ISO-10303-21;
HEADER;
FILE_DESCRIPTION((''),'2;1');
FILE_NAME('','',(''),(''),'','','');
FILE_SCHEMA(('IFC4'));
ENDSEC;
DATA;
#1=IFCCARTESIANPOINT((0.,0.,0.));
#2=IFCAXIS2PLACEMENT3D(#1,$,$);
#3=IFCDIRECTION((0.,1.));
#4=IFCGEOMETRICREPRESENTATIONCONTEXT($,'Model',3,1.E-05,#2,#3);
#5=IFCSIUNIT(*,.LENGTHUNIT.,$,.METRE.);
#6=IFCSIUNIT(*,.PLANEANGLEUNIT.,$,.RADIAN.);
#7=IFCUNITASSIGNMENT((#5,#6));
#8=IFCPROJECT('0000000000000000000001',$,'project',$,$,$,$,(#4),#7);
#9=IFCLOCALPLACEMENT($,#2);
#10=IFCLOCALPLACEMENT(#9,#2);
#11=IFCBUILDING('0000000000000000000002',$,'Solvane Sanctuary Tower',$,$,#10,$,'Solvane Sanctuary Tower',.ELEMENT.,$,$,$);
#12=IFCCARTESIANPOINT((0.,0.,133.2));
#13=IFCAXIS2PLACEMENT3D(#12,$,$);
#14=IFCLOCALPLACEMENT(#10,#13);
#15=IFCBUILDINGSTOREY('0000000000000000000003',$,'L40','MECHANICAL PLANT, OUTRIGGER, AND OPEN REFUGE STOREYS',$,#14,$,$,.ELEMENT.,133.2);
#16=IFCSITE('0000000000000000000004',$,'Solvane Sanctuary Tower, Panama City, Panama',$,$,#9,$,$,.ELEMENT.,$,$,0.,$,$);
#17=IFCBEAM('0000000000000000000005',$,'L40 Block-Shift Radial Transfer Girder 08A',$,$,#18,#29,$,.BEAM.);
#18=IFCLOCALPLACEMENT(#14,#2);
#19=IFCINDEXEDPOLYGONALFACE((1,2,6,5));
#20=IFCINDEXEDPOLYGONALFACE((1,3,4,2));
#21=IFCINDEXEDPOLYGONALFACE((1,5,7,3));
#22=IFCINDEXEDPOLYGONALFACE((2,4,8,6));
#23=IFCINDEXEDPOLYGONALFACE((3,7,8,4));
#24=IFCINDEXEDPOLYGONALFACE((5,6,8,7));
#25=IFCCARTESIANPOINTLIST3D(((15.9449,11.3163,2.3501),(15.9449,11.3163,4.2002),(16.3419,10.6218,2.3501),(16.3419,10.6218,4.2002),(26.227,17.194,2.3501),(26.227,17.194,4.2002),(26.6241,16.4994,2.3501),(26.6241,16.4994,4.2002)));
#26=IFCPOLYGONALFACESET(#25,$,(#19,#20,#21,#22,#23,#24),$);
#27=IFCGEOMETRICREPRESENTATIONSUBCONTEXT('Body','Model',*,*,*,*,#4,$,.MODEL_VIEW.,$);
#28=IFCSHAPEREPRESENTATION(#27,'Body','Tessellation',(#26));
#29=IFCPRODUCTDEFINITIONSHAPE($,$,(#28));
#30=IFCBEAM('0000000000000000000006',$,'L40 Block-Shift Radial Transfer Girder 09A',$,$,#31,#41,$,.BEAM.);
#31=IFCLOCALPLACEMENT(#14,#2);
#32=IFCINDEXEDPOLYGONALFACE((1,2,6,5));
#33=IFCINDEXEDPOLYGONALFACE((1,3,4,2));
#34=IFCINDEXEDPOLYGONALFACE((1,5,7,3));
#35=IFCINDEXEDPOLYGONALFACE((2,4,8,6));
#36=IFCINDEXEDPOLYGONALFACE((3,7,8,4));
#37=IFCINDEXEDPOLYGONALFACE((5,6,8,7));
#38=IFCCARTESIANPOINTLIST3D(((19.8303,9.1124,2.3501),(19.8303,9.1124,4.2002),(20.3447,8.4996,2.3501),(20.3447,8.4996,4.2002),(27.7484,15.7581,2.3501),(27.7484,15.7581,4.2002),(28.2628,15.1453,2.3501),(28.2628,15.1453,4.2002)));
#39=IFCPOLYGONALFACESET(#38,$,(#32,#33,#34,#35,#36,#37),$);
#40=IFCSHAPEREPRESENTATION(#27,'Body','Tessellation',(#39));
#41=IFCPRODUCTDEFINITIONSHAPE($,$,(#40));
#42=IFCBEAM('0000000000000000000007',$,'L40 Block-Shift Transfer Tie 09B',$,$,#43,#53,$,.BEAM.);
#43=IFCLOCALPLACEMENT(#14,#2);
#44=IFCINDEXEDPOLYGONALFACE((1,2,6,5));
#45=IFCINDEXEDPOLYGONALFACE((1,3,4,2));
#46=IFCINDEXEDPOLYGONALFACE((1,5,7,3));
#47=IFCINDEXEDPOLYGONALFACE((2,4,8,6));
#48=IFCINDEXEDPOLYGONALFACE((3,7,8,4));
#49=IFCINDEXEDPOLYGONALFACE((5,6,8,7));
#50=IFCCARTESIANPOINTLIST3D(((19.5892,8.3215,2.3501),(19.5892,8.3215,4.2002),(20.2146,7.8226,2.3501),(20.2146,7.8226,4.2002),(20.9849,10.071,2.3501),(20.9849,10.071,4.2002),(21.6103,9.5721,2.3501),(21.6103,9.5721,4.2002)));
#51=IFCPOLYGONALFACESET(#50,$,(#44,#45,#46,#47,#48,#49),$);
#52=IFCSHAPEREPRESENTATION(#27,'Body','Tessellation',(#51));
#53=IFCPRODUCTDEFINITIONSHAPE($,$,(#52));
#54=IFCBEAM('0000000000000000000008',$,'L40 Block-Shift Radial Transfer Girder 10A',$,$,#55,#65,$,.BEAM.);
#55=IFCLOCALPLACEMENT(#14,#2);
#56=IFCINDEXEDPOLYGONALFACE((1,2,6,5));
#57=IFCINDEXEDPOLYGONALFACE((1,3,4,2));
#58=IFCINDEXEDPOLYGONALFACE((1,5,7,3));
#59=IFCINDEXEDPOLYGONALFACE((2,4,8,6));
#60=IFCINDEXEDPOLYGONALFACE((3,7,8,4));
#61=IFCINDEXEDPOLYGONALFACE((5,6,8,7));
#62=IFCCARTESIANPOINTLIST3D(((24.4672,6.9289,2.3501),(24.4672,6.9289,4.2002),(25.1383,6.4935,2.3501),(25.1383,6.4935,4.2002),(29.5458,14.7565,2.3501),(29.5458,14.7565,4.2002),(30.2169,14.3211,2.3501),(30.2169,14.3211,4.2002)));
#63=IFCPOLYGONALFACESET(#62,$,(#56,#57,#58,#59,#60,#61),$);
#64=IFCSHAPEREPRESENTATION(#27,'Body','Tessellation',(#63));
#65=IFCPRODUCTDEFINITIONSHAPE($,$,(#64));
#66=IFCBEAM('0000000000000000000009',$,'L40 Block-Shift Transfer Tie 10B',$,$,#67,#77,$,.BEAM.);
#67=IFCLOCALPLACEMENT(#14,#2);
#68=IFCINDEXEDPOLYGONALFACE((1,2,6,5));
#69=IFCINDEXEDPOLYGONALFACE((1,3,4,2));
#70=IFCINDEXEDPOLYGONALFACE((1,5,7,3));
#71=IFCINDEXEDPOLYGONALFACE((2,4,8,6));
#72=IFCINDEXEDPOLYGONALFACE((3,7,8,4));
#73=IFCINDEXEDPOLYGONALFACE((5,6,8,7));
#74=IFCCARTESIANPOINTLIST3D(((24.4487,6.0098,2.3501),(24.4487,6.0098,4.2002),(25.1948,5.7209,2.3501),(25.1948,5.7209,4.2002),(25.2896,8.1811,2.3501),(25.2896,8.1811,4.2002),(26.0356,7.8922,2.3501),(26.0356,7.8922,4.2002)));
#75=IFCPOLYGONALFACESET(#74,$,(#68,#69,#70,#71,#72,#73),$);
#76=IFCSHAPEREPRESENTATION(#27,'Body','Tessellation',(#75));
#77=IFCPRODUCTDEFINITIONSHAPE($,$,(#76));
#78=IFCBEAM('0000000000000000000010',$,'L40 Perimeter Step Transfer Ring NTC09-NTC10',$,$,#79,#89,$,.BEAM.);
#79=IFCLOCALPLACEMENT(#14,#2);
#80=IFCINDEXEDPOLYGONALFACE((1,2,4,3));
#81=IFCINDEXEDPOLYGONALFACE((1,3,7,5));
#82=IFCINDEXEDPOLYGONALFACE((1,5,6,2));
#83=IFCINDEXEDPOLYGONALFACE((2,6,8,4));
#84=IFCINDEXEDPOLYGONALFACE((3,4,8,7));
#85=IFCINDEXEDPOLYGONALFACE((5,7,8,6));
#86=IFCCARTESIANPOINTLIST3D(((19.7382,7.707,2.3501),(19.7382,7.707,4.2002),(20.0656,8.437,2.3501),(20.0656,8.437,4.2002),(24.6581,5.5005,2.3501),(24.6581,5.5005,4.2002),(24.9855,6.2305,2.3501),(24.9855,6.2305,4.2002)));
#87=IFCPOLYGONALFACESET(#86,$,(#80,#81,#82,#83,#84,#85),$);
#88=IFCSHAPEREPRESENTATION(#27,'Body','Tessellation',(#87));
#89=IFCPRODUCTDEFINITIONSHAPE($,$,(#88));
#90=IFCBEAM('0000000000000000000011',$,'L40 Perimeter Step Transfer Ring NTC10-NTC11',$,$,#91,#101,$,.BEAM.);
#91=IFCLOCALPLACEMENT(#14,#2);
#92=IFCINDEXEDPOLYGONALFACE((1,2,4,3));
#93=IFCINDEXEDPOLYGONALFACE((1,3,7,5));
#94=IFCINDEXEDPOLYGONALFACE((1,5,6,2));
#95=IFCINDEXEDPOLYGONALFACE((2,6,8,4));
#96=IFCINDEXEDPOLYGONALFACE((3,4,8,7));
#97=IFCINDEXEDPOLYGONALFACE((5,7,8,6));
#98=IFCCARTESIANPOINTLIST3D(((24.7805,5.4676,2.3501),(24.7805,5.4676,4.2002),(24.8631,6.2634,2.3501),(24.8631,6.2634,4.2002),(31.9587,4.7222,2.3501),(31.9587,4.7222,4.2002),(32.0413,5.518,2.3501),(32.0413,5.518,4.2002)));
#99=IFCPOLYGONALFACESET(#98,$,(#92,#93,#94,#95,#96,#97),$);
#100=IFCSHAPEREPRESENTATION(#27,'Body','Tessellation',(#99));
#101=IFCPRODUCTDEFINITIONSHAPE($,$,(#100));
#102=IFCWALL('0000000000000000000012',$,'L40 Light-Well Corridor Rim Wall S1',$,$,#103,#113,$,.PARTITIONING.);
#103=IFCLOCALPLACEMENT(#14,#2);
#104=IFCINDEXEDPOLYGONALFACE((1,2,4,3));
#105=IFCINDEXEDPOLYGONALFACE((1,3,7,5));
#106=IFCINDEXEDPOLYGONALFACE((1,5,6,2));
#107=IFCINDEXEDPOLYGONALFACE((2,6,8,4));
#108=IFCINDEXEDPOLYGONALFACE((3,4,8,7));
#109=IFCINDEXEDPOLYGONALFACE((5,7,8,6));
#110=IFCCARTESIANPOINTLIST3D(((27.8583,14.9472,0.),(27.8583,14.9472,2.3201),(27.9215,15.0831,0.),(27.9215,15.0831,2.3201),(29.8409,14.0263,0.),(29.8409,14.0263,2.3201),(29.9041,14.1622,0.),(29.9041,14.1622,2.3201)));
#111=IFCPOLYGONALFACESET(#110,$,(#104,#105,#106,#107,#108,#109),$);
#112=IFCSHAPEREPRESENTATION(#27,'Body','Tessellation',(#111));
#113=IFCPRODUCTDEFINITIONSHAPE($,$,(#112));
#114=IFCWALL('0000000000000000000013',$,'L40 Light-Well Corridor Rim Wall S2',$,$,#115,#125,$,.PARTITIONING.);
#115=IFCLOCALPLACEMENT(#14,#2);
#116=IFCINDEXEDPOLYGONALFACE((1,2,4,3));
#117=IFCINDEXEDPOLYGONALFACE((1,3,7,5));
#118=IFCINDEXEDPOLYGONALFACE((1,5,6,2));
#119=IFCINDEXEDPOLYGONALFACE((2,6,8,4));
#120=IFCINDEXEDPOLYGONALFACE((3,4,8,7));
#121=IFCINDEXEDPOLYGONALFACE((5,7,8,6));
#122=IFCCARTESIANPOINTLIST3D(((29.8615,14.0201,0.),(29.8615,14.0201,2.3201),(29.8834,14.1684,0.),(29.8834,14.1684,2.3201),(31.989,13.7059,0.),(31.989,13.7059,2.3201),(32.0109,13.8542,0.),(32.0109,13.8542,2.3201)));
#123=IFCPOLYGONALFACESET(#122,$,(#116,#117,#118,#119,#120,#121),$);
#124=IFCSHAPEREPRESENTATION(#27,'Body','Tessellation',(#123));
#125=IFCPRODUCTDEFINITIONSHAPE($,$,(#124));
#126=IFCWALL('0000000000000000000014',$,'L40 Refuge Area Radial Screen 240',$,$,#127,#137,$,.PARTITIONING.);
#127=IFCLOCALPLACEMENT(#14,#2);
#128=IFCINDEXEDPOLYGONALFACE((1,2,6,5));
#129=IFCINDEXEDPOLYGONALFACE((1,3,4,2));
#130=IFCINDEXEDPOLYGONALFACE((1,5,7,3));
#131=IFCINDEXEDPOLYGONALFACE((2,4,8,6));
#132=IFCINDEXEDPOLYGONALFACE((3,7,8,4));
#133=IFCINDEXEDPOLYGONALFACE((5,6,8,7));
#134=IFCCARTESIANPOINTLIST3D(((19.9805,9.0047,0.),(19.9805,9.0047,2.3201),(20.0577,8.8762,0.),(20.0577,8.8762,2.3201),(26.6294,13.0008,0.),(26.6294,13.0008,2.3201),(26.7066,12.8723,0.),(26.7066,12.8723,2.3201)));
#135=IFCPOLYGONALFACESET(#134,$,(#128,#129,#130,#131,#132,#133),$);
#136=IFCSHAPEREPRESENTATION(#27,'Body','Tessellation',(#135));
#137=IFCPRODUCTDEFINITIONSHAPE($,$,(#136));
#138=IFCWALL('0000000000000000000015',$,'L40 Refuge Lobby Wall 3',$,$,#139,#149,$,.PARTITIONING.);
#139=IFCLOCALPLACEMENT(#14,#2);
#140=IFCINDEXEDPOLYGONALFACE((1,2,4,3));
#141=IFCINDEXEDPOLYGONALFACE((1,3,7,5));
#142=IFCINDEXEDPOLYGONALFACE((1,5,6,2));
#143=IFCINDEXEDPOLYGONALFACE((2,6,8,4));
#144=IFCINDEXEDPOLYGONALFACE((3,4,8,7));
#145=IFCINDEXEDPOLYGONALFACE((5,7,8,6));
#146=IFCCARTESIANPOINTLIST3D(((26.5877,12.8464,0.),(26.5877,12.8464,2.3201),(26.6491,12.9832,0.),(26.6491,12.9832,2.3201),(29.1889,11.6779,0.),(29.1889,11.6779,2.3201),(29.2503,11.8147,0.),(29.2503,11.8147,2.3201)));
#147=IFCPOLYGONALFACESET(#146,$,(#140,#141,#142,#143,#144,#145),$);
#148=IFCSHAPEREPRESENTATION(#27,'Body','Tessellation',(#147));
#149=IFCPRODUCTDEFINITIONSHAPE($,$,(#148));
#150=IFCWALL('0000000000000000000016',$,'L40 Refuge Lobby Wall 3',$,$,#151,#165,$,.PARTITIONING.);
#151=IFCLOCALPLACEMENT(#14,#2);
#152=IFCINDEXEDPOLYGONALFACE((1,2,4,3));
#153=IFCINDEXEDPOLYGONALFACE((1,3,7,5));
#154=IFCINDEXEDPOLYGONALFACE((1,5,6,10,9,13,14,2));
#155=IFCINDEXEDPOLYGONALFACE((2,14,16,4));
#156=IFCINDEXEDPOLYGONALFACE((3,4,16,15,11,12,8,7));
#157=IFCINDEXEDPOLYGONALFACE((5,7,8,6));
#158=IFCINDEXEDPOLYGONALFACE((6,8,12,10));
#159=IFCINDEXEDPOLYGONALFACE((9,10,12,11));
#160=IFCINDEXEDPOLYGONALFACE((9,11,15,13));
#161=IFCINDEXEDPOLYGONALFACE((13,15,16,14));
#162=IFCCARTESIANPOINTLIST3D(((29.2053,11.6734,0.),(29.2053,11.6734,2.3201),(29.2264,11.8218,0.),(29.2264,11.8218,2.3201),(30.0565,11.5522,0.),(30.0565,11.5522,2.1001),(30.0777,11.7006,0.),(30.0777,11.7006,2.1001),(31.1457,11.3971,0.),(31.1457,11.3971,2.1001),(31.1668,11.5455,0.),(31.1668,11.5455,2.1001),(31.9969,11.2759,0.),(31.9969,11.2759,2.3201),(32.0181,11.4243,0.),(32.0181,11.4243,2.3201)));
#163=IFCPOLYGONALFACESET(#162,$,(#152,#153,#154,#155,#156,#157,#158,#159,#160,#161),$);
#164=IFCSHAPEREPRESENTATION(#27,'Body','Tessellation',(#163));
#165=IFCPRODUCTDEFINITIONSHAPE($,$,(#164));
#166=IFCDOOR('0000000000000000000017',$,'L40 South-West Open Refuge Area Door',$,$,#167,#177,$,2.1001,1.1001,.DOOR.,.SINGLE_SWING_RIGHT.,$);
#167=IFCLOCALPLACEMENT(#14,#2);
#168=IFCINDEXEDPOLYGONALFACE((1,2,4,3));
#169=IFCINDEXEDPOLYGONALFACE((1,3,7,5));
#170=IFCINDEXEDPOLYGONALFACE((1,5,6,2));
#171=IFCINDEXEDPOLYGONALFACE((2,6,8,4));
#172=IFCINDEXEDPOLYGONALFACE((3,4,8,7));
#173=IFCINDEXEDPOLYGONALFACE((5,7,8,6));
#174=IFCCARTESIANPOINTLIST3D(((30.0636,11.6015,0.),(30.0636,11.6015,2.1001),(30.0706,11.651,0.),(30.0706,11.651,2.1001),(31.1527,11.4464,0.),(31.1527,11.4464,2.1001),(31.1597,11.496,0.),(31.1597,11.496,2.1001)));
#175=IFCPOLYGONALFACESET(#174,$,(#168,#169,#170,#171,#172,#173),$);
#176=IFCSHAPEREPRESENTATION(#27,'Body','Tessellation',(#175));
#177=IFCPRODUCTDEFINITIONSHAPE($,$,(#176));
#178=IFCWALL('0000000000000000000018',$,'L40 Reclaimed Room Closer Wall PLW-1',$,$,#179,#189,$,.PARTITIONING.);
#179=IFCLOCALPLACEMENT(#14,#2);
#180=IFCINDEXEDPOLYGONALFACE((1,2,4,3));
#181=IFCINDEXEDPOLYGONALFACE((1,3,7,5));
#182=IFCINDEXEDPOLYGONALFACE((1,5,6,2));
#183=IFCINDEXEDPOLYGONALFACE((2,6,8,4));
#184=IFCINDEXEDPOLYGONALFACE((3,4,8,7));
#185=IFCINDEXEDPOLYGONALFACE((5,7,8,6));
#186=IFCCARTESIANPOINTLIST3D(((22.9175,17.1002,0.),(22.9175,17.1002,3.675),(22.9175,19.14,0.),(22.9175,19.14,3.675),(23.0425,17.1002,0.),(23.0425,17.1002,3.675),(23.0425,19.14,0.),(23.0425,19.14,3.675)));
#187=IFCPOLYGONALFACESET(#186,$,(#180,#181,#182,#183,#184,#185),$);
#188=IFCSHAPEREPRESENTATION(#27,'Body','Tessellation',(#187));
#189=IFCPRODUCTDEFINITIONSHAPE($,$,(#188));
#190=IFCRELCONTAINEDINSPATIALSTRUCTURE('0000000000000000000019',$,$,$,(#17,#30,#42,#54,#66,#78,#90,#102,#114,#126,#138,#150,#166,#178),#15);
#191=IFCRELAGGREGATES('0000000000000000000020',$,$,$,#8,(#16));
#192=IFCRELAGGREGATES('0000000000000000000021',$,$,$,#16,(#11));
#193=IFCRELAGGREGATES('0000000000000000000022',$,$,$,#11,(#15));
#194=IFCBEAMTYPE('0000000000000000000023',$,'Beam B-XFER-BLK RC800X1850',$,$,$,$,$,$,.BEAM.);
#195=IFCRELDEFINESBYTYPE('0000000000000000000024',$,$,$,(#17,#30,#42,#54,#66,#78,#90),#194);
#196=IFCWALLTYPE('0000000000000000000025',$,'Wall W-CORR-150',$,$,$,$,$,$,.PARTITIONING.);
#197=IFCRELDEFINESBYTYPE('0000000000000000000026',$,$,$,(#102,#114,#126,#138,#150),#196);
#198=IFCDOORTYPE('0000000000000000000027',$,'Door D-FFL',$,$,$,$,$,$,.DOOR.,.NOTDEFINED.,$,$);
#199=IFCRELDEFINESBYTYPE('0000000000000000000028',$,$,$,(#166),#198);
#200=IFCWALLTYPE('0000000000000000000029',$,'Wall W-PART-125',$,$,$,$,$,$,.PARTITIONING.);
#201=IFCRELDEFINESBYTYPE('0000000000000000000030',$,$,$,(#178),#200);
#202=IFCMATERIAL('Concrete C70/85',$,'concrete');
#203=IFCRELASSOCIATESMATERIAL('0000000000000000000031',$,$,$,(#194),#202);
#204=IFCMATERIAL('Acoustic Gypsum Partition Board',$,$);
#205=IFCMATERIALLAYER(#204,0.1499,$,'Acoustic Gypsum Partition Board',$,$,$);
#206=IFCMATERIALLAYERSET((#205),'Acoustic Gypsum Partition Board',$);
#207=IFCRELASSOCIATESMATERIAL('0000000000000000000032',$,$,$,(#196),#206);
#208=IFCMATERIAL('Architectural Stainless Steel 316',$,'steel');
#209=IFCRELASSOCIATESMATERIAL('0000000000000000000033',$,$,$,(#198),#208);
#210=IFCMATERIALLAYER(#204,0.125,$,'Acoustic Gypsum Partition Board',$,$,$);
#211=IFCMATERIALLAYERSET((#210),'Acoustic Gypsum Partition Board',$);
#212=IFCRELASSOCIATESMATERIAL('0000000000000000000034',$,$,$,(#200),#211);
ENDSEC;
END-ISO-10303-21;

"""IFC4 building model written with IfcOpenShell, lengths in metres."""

from ifc_helpers import new_model, si_unit, direction, frame, frame_2d, origin, origin_2d, place, context, subcontext, project, spatial, rectangle, extrude, material, layer, layer_set, material_profile, profile_set, type_object, element, fill, save


model = new_model("IFC4")

# Units and contexts
model_context = context("Model", 3, precision=1e-05, world=origin(), true_north=direction((0.0, 1.0)))
body_context = subcontext(model_context, "Body", "Model", "MODEL_VIEW")
ifc_project = project(units=[si_unit("LENGTHUNIT", "METRE"), si_unit("PLANEANGLEUNIT", "RADIAN")], contexts=[model_context])

# Site, building, storey
site_placement = place(None, origin())
site = spatial("IfcSite", under=ifc_project, at=site_placement, Name="Solvane Sanctuary Tower, Panama City, Panama", CompositionType="ELEMENT", RefElevation=0.0)
building_placement = place(site_placement, origin())
building = spatial("IfcBuilding", under=site, at=building_placement, Name="Solvane Sanctuary Tower", LongName="Solvane Sanctuary Tower", CompositionType="ELEMENT")
storey_placement = place(building_placement, frame((0.0, 0.0, 133.2)))
storey = spatial("IfcBuildingStorey", under=building, at=storey_placement, Name="L40", Description="MECHANICAL PLANT, OUTRIGGER, AND OPEN REFUGE STOREYS", CompositionType="ELEMENT", Elevation=133.2)

# Shared definitions
ifc_material_1 = material(Name="Concrete C70/85", Category="concrete")

# Beams
ifc_material_profile_1 = material_profile(ifc_material_1, rectangle(XDim=0.8, YDim=1.8501, at=origin_2d()), Name="RC800X1850")
ifc_profile_set_1 = profile_set([ifc_material_profile_1], Name="Concrete C70/85")
beam_type_1 = type_object("IfcBeamType", Name="Beam B-XFER-BLK RC800X1850", PredefinedType="BEAM", material=ifc_profile_set_1)
beam_1_placement = place(storey_placement, frame((26.4255, 16.8467, 3.2751), z_axis=(-0.868166, -0.496274, 0.0), x_axis=(0.496274, -0.868166, 0.0)))
element("IfcBeam", 1, at=beam_1_placement, inside=storey, type_object=beam_type_1, Name="L40 Block-Shift Radial Transfer Girder 08A", PredefinedType="BEAM", context=body_context, shape_type="SweptSolid", body=[
    extrude(rectangle(XDim=0.8, YDim=1.8501, at=origin_2d()), origin(), (0.0, 0.0, 1.0), 11.8435),
])
beam_2_placement = place(storey_placement, frame((28.0056, 15.4517, 3.2751), z_axis=(-0.765969, -0.642877, 0.0), x_axis=(0.642877, -0.765969, 0.0)))
element("IfcBeam", 2, at=beam_2_placement, inside=storey, type_object=beam_type_1, Name="L40 Block-Shift Radial Transfer Girder 09A", PredefinedType="BEAM", context=body_context, shape_type="SweptSolid", body=[
    extrude(rectangle(XDim=0.8, YDim=1.8501, at=origin_2d()), origin(), (0.0, 0.0, 1.0), 10.3374),
])
beam_3_placement = place(storey_placement, frame((21.2976, 9.8215, 3.2751), z_axis=(-0.623644, -0.781709, 0.0), x_axis=(0.781709, -0.623644, 0.0)))
element("IfcBeam", 3, at=beam_3_placement, inside=storey, type_object=beam_type_1, Name="L40 Block-Shift Transfer Tie 09B", PredefinedType="BEAM", context=body_context, shape_type="SweptSolid", body=[
    extrude(rectangle(XDim=0.8, YDim=1.8501, at=origin_2d()), origin(), (0.0, 0.0, 1.0), 2.238),
])
beam_4_placement = place(storey_placement, frame((29.8813, 14.5388, 3.2751), z_axis=(-0.544284, -0.838901, 0.0), x_axis=(0.838901, -0.544284, 0.0)))
element("IfcBeam", 4, at=beam_4_placement, inside=storey, type_object=beam_type_1, Name="L40 Block-Shift Radial Transfer Girder 10A", PredefinedType="BEAM", context=body_context, shape_type="SweptSolid", body=[
    extrude(rectangle(XDim=0.8, YDim=1.8501, at=origin_2d()), origin(), (0.0, 0.0, 1.0), 9.3308),
])
beam_5_placement = place(storey_placement, frame((25.6626, 8.0366, 3.2751), z_axis=(-0.361135, -0.932513, 0.0), x_axis=(0.932513, -0.361135, 0.0)))
element("IfcBeam", 5, at=beam_5_placement, inside=storey, type_object=beam_type_1, Name="L40 Block-Shift Transfer Tie 10B", PredefinedType="BEAM", context=body_context, shape_type="SweptSolid", body=[
    extrude(rectangle(XDim=0.8, YDim=1.8501, at=origin_2d()), origin(), (0.0, 0.0, 1.0), 2.3284),
])
beam_6_placement = place(storey_placement, frame((19.9019, 8.072, 3.2751), z_axis=(0.912436, -0.40922, 0.0), x_axis=(0.40922, 0.912436, 0.0)))
element("IfcBeam", 6, at=beam_6_placement, inside=storey, type_object=beam_type_1, Name="L40 Perimeter Step Transfer Ring NTC09-NTC10", PredefinedType="BEAM", context=body_context, shape_type="SweptSolid", body=[
    extrude(rectangle(XDim=0.8, YDim=1.8501, at=origin_2d()), origin(), (0.0, 0.0, 1.0), 5.3921),
])
beam_7_placement = place(storey_placement, frame((24.8218, 5.8655, 3.2751), z_axis=(0.994652, -0.103281, 0.0), x_axis=(0.103281, 0.994652, 0.0)))
element("IfcBeam", 7, at=beam_7_placement, inside=storey, type_object=beam_type_1, Name="L40 Perimeter Step Transfer Ring NTC10-NTC11", PredefinedType="BEAM", context=body_context, shape_type="SweptSolid", body=[
    extrude(rectangle(XDim=0.8, YDim=1.8501, at=origin_2d()), origin(), (0.0, 0.0, 1.0), 7.2168),
])

# Walls
ifc_material_2 = material(Name="Acoustic Gypsum Partition Board")
ifc_layer_1 = layer(ifc_material_2, 0.1499, Name="Acoustic Gypsum Partition Board")
ifc_layer_set_1 = layer_set([ifc_layer_1], Name="Acoustic Gypsum Partition Board")
wall_type_1 = type_object("IfcWallType", Name="Wall W-CORR-150", PredefinedType="PARTITIONING", material=ifc_layer_set_1)
wall_1_placement = place(storey_placement, frame((27.8899, 15.0151, 0.0), z_axis=(0.0, 0.0, 1.0), x_axis=(0.906943, -0.421252, 0.0)))
element("IfcWall", 8, at=wall_1_placement, inside=storey, type_object=wall_type_1, Name="L40 Light-Well Corridor Rim Wall S1", PredefinedType="PARTITIONING", context=body_context, shape_type="SweptSolid", body=[
    extrude(rectangle(XDim=2.186, YDim=0.1499, at=frame_2d((1.093, 0.0))), origin(), (0.0, 0.0, 1.0), 2.3201),
])
wall_2_placement = place(storey_placement, frame((29.8726, 14.0942, 0.0), z_axis=(0.0, 0.0, 1.0), x_axis=(0.989269, -0.146108, 0.0)))
element("IfcWall", 9, at=wall_2_placement, inside=storey, type_object=wall_type_1, Name="L40 Light-Well Corridor Rim Wall S2", PredefinedType="PARTITIONING", context=body_context, shape_type="SweptSolid", body=[
    extrude(rectangle(XDim=2.1506, YDim=0.1499, at=frame_2d((1.0752, 0.0))), origin(), (0.0, 0.0, 1.0), 2.3201),
])
wall_3_placement = place(storey_placement, frame((26.668, 12.9365, 0.0), z_axis=(0.0, 0.0, 1.0), x_axis=(-0.857109, -0.515134, 0.0)))
element("IfcWall", 10, at=wall_3_placement, inside=storey, type_object=wall_type_1, Name="L40 Refuge Area Radial Screen 240", PredefinedType="PARTITIONING", context=body_context, shape_type="SweptSolid", body=[
    extrude(rectangle(XDim=7.7573, YDim=0.1499, at=frame_2d((3.8787, 0.0))), origin(), (0.0, 0.0, 1.0), 2.3201),
])
wall_4_placement = place(storey_placement, frame((26.6184, 12.9148, 0.0), z_axis=(0.0, 0.0, 1.0), x_axis=(0.912187, -0.409774, 0.0)))
element("IfcWall", 11, at=wall_4_placement, inside=storey, type_object=wall_type_1, Name="L40 Refuge Lobby Wall 3", PredefinedType="PARTITIONING", context=body_context, shape_type="SweptSolid", body=[
    extrude(rectangle(XDim=2.8516, YDim=0.1499, at=frame_2d((1.4258, 0.0))), origin(), (0.0, 0.0, 1.0), 2.3201),
])

# Wall, opening, door
wall_5_placement = place(storey_placement, frame((29.2158, 11.7476, 0.0), z_axis=(0.0, 0.0, 1.0), x_axis=(0.990017, -0.140949, 0.0)))
wall_5 = element("IfcWall", 12, at=wall_5_placement, inside=storey, type_object=wall_type_1, Name="L40 Refuge Lobby Wall 3", PredefinedType="PARTITIONING", context=body_context, shape_type="SweptSolid", body=[
    extrude(rectangle(XDim=2.8198, YDim=0.1499, at=frame_2d((1.4099, 0.0))), origin(), (0.0, 0.0, 1.0), 2.3201),
])
opening_placement = place(wall_5_placement, frame((0.8599, 0.0, 0.0)))
opening = element("IfcOpeningElement", 13, at=opening_placement, cuts=wall_5, PredefinedType="OPENING", context=body_context, shape_type="SweptSolid", body=[
    extrude(rectangle(XDim=1.1001, YDim=2.1001, at=frame_2d((0.55, 1.05))), frame((0.0, 0.085, 0.0), z_axis=(0.0, -1.0, 0.0), x_axis=(1.0, 0.0, 0.0)), (0.0, 0.0, 1.0), 0.1699),
])
ifc_material_3 = material(Name="Architectural Stainless Steel 316", Category="steel")
door_type = type_object("IfcDoorType", Name="Door D-FFL", OperationType="NOTDEFINED", PredefinedType="DOOR", material=ifc_material_3)
door_placement = place(opening_placement, origin())
door = element("IfcDoor", 14, at=door_placement, inside=storey, type_object=door_type, Name="L40 South-West Open Refuge Area Door", OperationType="SINGLE_SWING_RIGHT", OverallHeight=2.1001, OverallWidth=1.1001, PredefinedType="DOOR", context=body_context, shape_type="SweptSolid", body=[
    extrude(rectangle(XDim=1.1001, YDim=2.1001, at=frame_2d((0.55, 1.05))), frame((0.0, 0.0249, 0.0), z_axis=(0.0, -1.0, 0.0), x_axis=(1.0, 0.0, 0.0)), (0.0, 0.0, 1.0), 0.05),
])
fill(opening, door)

# Wall
ifc_layer_2 = layer(ifc_material_2, 0.125, Name="Acoustic Gypsum Partition Board")
ifc_layer_set_2 = layer_set([ifc_layer_2], Name="Acoustic Gypsum Partition Board")
wall_type_2 = type_object("IfcWallType", Name="Wall W-PART-125", PredefinedType="PARTITIONING", material=ifc_layer_set_2)
wall_6_placement = place(storey_placement, frame((22.98, 17.1001, 0.0), z_axis=(0.0, 0.0, 1.0), x_axis=(0.0, 1.0, 0.0)))
element("IfcWall", 15, at=wall_6_placement, inside=storey, type_object=wall_type_2, Name="L40 Reclaimed Room Closer Wall PLW-1", PredefinedType="PARTITIONING", context=body_context, shape_type="SweptSolid", body=[
    extrude(rectangle(XDim=2.0398, YDim=0.125, at=frame_2d((1.02, 0.0))), origin(), (0.0, 0.0, 1.0), 3.675),
])

save(model, "model.ifc")
